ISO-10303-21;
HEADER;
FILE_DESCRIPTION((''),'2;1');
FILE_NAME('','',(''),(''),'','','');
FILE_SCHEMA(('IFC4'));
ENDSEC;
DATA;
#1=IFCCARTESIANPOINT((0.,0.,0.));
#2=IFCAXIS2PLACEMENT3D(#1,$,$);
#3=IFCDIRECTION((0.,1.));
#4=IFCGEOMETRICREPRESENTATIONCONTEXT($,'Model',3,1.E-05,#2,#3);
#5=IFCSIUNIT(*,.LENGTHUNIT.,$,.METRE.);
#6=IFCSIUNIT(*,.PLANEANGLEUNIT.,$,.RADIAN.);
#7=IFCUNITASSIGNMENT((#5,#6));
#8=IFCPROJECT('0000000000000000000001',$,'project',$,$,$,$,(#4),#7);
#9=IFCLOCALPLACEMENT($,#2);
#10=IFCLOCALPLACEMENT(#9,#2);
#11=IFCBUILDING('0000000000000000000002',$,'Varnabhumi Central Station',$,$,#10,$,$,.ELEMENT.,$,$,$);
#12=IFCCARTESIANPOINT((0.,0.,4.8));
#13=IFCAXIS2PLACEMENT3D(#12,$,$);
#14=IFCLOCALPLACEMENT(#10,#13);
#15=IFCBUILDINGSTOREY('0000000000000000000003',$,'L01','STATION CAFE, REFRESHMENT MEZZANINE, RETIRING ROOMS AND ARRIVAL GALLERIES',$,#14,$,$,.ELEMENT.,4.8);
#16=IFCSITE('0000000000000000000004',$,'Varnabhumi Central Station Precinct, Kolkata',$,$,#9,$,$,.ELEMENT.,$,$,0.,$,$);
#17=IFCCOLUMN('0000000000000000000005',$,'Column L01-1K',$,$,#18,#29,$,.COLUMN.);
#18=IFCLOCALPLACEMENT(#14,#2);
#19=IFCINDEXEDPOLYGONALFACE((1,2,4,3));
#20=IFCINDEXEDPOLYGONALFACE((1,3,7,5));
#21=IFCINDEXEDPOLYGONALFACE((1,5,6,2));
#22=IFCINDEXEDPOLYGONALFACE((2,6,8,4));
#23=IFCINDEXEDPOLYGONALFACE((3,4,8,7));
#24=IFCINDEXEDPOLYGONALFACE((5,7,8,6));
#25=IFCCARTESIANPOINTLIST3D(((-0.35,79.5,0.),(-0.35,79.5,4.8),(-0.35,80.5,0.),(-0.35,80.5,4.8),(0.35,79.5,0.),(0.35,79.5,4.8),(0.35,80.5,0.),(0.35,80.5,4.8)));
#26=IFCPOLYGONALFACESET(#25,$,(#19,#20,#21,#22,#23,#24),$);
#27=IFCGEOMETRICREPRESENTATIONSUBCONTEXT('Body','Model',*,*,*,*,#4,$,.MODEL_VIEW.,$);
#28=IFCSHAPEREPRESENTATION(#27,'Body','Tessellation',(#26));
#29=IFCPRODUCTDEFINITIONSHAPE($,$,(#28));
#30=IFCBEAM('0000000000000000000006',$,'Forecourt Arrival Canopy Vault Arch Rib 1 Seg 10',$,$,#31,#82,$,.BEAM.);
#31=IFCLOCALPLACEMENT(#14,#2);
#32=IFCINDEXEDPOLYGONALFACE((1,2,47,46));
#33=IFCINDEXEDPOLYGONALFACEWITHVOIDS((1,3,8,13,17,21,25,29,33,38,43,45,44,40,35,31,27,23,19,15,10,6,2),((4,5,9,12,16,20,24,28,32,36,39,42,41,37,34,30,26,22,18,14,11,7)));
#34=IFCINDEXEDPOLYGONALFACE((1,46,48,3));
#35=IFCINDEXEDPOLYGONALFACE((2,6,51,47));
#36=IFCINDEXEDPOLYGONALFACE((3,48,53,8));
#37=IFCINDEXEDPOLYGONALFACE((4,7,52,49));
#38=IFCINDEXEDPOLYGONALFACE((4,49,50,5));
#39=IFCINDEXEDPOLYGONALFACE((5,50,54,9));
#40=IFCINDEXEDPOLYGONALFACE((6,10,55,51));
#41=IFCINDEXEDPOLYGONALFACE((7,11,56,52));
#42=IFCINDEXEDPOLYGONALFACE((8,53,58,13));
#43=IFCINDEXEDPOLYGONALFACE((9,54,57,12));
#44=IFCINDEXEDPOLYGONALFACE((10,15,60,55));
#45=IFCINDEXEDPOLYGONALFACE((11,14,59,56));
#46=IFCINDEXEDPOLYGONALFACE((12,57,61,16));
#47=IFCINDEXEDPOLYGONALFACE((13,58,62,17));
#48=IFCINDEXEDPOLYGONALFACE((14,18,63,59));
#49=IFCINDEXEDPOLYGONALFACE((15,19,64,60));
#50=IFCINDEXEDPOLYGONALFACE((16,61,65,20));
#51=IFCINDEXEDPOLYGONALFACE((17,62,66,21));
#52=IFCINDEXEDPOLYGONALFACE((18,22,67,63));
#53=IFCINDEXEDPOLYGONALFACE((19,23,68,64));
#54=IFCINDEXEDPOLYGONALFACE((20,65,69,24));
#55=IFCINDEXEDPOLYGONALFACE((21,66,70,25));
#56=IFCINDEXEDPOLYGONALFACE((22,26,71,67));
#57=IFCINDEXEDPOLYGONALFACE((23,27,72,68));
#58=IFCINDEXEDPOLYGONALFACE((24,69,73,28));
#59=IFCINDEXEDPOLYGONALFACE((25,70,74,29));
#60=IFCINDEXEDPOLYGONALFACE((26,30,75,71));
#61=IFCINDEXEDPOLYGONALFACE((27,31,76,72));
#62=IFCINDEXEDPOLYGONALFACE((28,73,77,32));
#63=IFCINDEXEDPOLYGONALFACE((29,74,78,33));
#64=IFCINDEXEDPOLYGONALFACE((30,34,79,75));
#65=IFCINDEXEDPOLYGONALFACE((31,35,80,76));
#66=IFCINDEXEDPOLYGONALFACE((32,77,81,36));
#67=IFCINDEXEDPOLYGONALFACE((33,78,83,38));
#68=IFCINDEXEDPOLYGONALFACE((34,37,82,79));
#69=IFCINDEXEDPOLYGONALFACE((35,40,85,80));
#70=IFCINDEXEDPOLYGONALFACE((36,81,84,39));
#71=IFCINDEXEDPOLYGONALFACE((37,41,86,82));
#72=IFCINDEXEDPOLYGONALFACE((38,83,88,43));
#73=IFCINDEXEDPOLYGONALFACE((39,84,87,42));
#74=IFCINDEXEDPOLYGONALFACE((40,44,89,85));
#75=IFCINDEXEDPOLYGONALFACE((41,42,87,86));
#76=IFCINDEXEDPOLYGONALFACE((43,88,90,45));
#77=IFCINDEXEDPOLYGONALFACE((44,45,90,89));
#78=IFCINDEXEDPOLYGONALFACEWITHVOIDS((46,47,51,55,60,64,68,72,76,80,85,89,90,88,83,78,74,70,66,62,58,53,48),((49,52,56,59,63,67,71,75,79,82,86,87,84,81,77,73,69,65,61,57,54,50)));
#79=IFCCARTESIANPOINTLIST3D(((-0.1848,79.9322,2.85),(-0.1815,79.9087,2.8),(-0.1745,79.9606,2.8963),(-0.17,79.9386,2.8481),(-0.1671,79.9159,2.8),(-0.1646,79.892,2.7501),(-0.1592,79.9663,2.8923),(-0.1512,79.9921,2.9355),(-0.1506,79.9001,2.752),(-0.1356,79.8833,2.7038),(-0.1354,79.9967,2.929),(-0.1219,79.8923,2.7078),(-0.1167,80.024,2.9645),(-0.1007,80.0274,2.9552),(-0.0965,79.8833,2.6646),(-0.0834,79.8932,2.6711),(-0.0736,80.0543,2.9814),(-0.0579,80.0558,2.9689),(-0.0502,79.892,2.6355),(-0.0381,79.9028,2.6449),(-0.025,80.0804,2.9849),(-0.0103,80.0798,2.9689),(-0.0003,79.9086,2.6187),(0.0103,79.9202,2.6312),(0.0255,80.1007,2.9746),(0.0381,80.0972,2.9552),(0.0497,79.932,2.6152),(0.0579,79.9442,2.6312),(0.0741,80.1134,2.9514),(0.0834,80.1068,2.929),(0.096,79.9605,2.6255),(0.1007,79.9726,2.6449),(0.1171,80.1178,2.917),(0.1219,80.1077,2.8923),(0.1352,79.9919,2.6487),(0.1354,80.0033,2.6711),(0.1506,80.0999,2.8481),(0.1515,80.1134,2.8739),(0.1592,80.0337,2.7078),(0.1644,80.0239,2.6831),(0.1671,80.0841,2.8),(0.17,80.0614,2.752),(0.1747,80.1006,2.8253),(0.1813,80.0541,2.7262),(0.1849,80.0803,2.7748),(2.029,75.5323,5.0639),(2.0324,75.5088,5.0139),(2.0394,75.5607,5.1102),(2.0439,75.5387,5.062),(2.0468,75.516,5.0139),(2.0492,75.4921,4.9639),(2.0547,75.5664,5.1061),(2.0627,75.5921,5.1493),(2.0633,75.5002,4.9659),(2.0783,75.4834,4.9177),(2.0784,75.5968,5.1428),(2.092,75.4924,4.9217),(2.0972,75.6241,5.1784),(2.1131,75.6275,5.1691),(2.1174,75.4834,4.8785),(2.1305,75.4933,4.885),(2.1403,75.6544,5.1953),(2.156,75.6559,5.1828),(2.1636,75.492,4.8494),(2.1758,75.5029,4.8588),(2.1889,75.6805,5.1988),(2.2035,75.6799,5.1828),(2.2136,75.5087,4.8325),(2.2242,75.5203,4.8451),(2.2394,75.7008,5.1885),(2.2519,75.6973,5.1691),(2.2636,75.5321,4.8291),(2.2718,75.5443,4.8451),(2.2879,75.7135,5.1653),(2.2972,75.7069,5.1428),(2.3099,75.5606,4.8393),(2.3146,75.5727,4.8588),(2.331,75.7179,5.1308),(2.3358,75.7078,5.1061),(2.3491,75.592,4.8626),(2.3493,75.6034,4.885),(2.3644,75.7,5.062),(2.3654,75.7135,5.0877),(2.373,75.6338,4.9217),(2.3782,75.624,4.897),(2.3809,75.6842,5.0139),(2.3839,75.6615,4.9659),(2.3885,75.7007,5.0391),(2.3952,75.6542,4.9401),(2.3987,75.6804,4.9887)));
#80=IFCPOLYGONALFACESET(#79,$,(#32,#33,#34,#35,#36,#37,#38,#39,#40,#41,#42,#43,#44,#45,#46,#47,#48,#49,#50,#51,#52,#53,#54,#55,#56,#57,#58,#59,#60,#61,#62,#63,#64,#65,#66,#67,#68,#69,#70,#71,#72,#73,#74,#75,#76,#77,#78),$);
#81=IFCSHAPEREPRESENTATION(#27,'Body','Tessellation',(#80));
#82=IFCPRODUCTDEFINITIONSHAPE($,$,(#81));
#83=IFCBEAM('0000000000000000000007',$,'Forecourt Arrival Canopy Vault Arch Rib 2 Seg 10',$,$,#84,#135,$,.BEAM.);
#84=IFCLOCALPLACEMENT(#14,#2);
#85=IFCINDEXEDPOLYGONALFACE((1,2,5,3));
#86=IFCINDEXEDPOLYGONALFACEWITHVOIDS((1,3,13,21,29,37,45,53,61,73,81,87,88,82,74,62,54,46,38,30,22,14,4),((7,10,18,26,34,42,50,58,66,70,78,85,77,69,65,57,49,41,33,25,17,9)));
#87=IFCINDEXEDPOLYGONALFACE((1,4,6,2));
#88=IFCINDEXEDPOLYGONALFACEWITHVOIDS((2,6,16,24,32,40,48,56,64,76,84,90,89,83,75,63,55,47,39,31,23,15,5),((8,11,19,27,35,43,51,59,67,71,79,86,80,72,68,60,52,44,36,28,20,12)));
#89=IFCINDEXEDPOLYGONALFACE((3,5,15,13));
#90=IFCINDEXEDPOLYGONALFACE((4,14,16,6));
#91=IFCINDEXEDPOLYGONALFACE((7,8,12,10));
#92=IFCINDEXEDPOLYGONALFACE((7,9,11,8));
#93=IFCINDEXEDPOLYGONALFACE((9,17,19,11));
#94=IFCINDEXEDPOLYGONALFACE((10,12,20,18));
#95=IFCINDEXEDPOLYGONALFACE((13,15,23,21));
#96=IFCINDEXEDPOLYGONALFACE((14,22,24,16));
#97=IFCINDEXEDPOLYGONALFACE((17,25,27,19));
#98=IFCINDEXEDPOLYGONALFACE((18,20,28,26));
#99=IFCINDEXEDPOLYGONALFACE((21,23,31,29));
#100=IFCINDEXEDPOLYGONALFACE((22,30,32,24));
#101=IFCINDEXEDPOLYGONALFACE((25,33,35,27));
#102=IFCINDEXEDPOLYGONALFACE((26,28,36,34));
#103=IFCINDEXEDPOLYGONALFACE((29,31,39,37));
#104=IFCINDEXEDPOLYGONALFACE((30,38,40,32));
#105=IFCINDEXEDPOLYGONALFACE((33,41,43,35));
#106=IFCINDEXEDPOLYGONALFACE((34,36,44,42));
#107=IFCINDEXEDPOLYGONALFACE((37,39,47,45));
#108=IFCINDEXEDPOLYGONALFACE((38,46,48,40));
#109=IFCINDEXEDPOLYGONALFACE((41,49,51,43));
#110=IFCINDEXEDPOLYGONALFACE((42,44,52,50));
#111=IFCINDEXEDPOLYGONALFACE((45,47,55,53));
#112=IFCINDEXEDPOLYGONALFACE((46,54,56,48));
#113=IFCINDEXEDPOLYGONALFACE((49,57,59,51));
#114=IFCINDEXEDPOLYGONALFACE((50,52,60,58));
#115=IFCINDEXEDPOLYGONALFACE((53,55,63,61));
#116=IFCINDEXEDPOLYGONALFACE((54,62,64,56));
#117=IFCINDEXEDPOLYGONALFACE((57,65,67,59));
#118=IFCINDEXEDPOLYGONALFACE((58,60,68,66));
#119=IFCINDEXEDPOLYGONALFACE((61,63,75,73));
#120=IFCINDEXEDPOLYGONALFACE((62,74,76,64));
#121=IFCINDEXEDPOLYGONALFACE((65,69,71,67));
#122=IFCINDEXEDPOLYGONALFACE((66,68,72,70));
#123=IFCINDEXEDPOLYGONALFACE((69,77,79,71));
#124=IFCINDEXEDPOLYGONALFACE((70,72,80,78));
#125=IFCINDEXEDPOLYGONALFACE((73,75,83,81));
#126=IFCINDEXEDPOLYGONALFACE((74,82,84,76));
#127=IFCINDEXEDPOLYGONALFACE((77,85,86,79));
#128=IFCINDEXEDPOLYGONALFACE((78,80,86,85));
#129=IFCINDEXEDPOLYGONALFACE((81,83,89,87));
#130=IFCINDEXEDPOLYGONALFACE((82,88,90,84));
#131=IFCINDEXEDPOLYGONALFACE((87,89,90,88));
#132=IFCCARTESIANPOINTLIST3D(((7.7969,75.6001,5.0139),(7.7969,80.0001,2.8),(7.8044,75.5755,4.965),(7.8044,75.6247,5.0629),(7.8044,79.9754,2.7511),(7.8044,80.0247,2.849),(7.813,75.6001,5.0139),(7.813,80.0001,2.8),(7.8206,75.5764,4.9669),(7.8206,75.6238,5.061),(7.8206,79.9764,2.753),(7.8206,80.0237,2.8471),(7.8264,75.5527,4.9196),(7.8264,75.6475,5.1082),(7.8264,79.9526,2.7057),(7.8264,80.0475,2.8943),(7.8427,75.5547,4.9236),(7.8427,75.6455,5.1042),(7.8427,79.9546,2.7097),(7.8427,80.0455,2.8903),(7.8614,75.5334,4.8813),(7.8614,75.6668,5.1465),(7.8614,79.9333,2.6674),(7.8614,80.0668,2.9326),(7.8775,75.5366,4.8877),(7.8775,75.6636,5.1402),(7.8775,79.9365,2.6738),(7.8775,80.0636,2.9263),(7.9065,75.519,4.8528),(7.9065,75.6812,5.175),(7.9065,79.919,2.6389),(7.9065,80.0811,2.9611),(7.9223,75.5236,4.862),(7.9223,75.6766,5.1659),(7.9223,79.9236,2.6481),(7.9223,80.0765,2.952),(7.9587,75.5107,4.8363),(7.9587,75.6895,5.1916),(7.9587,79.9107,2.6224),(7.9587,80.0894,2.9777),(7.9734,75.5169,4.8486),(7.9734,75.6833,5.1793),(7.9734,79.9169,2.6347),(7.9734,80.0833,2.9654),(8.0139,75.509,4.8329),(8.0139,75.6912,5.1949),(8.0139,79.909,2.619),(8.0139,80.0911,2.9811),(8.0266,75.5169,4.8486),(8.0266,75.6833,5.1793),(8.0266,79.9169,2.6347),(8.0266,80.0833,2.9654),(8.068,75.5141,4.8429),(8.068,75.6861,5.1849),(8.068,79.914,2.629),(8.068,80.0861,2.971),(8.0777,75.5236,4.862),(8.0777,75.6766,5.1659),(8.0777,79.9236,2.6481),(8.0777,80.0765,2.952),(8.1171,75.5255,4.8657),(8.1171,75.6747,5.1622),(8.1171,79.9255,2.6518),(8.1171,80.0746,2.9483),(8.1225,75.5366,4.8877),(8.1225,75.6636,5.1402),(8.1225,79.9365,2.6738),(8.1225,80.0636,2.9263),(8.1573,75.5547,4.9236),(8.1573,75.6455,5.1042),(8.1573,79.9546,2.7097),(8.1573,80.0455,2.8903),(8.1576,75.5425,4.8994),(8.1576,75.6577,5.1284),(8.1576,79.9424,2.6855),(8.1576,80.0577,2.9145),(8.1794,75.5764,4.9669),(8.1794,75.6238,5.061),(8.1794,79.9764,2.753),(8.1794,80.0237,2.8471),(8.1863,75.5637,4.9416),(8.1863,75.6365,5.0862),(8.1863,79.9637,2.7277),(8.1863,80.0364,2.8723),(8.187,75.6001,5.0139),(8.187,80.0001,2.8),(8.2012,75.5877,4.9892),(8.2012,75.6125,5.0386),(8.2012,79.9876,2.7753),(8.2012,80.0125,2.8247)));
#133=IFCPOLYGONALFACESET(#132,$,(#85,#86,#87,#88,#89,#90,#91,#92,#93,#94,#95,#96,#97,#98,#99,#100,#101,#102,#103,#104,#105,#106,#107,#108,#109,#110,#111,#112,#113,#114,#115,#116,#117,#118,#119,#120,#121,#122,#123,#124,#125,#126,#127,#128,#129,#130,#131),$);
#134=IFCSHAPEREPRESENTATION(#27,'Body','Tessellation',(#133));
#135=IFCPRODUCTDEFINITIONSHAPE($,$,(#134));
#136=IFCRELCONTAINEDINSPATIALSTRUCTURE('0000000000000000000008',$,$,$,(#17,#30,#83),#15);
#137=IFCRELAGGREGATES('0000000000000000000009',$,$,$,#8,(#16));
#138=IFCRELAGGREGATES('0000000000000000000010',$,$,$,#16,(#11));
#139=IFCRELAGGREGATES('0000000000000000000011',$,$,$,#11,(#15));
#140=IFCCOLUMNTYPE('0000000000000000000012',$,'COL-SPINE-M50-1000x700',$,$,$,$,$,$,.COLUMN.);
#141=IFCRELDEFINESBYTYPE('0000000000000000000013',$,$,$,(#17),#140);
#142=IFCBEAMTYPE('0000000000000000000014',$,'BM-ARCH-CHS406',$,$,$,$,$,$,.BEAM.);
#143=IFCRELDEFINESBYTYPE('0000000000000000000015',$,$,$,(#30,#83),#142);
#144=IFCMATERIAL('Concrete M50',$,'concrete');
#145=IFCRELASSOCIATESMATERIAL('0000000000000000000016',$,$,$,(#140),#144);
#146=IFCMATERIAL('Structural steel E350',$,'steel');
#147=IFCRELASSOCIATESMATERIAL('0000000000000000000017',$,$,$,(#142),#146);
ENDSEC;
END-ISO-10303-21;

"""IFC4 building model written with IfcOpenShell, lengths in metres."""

from ifc_helpers import new_model, si_unit, direction, frame, origin, origin_2d, place, context, subcontext, project, spatial, rectangle, hollow_circle, extrude, material, material_profile, profile_set, type_object, element, save


model = new_model("IFC4")

# Units and contexts
model_context = context("Model", 3, precision=1e-05, world=origin(), true_north=direction((0.0, 1.0)))
body_context = subcontext(model_context, "Body", "Model", "MODEL_VIEW")
ifc_project = project(units=[si_unit("LENGTHUNIT", "METRE"), si_unit("PLANEANGLEUNIT", "RADIAN")], contexts=[model_context])

# Site, building, storey
site_placement = place(None, origin())
site = spatial("IfcSite", under=ifc_project, at=site_placement, Name="Varnabhumi Central Station Precinct, Kolkata", CompositionType="ELEMENT", RefElevation=0.0)
building_placement = place(site_placement, origin())
building = spatial("IfcBuilding", under=site, at=building_placement, Name="Varnabhumi Central Station", CompositionType="ELEMENT")
storey_placement = place(building_placement, frame((0.0, 0.0, 4.8)))
storey = spatial("IfcBuildingStorey", under=building, at=storey_placement, Name="L01", Description="STATION CAFE, REFRESHMENT MEZZANINE, RETIRING ROOMS AND ARRIVAL GALLERIES", CompositionType="ELEMENT", Elevation=4.8)

# Column
ifc_material_1 = material(Name="Concrete M50", Category="concrete")
ifc_material_profile_1 = material_profile(ifc_material_1, rectangle(XDim=0.7, YDim=1.0, at=origin_2d()), Name="Concrete M50", Category="concrete")
ifc_profile_set_1 = profile_set([ifc_material_profile_1], Name="Concrete M50")
column_type = type_object("IfcColumnType", Name="COL-SPINE-M50-1000x700", PredefinedType="COLUMN", material=ifc_profile_set_1)
column_placement = place(storey_placement, frame((0.0, 80.0, 0.0), z_axis=(0.0, 0.0, 1.0), x_axis=(1.0, 0.0, 0.0)))
element("IfcColumn", 1, at=column_placement, inside=storey, type_object=column_type, Name="Column L01-1K", PredefinedType="COLUMN", context=body_context, shape_type="SweptSolid", body=[
    extrude(rectangle(XDim=0.7, YDim=1.0, at=origin_2d()), origin(), (0.0, 0.0, 1.0), 4.8),
])

# Beams
ifc_material_2 = material(Name="Structural steel E350", Category="steel")
ifc_material_profile_2 = material_profile(ifc_material_2, hollow_circle(Radius=0.2031, WallThickness=0.0161, at=origin_2d()), Name="Structural steel E350", Category="steel")
ifc_profile_set_2 = profile_set([ifc_material_profile_2], Name="Structural steel E350")
beam_type_1 = type_object("IfcBeamType", Name="BM-ARCH-CHS406", PredefinedType="BEAM", material=ifc_profile_set_2)
beam_1_placement = place(storey_placement, frame((2.2139, 75.6001, 5.0139), z_axis=(-0.409964, 0.814775, -0.409964), x_axis=(-0.893294, -0.449472, 0.0)))
element("IfcBeam", 2, at=beam_1_placement, inside=storey, type_object=beam_type_1, Name="Forecourt Arrival Canopy Vault Arch Rib 1 Seg 10", PredefinedType="BEAM", context=body_context, shape_type="SweptSolid", body=[
    extrude(hollow_circle(Radius=0.2031, WallThickness=0.0161, at=origin_2d()), origin(), (0.0, 0.0, 1.0), 5.4001),
])
beam_2_placement = place(storey_placement, frame((8.0, 75.6001, 5.0139), z_axis=(0.0, 0.893294, -0.449472), x_axis=(-1.0, 0.0, 0.0)))
element("IfcBeam", 3, at=beam_2_placement, inside=storey, type_object=beam_type_1, Name="Forecourt Arrival Canopy Vault Arch Rib 2 Seg 10", PredefinedType="BEAM", context=body_context, shape_type="SweptSolid", body=[
    extrude(hollow_circle(Radius=0.2031, WallThickness=0.0161, at=origin_2d()), origin(), (0.0, 0.0, 1.0), 4.9255),
])

save(model, "model.ifc")
